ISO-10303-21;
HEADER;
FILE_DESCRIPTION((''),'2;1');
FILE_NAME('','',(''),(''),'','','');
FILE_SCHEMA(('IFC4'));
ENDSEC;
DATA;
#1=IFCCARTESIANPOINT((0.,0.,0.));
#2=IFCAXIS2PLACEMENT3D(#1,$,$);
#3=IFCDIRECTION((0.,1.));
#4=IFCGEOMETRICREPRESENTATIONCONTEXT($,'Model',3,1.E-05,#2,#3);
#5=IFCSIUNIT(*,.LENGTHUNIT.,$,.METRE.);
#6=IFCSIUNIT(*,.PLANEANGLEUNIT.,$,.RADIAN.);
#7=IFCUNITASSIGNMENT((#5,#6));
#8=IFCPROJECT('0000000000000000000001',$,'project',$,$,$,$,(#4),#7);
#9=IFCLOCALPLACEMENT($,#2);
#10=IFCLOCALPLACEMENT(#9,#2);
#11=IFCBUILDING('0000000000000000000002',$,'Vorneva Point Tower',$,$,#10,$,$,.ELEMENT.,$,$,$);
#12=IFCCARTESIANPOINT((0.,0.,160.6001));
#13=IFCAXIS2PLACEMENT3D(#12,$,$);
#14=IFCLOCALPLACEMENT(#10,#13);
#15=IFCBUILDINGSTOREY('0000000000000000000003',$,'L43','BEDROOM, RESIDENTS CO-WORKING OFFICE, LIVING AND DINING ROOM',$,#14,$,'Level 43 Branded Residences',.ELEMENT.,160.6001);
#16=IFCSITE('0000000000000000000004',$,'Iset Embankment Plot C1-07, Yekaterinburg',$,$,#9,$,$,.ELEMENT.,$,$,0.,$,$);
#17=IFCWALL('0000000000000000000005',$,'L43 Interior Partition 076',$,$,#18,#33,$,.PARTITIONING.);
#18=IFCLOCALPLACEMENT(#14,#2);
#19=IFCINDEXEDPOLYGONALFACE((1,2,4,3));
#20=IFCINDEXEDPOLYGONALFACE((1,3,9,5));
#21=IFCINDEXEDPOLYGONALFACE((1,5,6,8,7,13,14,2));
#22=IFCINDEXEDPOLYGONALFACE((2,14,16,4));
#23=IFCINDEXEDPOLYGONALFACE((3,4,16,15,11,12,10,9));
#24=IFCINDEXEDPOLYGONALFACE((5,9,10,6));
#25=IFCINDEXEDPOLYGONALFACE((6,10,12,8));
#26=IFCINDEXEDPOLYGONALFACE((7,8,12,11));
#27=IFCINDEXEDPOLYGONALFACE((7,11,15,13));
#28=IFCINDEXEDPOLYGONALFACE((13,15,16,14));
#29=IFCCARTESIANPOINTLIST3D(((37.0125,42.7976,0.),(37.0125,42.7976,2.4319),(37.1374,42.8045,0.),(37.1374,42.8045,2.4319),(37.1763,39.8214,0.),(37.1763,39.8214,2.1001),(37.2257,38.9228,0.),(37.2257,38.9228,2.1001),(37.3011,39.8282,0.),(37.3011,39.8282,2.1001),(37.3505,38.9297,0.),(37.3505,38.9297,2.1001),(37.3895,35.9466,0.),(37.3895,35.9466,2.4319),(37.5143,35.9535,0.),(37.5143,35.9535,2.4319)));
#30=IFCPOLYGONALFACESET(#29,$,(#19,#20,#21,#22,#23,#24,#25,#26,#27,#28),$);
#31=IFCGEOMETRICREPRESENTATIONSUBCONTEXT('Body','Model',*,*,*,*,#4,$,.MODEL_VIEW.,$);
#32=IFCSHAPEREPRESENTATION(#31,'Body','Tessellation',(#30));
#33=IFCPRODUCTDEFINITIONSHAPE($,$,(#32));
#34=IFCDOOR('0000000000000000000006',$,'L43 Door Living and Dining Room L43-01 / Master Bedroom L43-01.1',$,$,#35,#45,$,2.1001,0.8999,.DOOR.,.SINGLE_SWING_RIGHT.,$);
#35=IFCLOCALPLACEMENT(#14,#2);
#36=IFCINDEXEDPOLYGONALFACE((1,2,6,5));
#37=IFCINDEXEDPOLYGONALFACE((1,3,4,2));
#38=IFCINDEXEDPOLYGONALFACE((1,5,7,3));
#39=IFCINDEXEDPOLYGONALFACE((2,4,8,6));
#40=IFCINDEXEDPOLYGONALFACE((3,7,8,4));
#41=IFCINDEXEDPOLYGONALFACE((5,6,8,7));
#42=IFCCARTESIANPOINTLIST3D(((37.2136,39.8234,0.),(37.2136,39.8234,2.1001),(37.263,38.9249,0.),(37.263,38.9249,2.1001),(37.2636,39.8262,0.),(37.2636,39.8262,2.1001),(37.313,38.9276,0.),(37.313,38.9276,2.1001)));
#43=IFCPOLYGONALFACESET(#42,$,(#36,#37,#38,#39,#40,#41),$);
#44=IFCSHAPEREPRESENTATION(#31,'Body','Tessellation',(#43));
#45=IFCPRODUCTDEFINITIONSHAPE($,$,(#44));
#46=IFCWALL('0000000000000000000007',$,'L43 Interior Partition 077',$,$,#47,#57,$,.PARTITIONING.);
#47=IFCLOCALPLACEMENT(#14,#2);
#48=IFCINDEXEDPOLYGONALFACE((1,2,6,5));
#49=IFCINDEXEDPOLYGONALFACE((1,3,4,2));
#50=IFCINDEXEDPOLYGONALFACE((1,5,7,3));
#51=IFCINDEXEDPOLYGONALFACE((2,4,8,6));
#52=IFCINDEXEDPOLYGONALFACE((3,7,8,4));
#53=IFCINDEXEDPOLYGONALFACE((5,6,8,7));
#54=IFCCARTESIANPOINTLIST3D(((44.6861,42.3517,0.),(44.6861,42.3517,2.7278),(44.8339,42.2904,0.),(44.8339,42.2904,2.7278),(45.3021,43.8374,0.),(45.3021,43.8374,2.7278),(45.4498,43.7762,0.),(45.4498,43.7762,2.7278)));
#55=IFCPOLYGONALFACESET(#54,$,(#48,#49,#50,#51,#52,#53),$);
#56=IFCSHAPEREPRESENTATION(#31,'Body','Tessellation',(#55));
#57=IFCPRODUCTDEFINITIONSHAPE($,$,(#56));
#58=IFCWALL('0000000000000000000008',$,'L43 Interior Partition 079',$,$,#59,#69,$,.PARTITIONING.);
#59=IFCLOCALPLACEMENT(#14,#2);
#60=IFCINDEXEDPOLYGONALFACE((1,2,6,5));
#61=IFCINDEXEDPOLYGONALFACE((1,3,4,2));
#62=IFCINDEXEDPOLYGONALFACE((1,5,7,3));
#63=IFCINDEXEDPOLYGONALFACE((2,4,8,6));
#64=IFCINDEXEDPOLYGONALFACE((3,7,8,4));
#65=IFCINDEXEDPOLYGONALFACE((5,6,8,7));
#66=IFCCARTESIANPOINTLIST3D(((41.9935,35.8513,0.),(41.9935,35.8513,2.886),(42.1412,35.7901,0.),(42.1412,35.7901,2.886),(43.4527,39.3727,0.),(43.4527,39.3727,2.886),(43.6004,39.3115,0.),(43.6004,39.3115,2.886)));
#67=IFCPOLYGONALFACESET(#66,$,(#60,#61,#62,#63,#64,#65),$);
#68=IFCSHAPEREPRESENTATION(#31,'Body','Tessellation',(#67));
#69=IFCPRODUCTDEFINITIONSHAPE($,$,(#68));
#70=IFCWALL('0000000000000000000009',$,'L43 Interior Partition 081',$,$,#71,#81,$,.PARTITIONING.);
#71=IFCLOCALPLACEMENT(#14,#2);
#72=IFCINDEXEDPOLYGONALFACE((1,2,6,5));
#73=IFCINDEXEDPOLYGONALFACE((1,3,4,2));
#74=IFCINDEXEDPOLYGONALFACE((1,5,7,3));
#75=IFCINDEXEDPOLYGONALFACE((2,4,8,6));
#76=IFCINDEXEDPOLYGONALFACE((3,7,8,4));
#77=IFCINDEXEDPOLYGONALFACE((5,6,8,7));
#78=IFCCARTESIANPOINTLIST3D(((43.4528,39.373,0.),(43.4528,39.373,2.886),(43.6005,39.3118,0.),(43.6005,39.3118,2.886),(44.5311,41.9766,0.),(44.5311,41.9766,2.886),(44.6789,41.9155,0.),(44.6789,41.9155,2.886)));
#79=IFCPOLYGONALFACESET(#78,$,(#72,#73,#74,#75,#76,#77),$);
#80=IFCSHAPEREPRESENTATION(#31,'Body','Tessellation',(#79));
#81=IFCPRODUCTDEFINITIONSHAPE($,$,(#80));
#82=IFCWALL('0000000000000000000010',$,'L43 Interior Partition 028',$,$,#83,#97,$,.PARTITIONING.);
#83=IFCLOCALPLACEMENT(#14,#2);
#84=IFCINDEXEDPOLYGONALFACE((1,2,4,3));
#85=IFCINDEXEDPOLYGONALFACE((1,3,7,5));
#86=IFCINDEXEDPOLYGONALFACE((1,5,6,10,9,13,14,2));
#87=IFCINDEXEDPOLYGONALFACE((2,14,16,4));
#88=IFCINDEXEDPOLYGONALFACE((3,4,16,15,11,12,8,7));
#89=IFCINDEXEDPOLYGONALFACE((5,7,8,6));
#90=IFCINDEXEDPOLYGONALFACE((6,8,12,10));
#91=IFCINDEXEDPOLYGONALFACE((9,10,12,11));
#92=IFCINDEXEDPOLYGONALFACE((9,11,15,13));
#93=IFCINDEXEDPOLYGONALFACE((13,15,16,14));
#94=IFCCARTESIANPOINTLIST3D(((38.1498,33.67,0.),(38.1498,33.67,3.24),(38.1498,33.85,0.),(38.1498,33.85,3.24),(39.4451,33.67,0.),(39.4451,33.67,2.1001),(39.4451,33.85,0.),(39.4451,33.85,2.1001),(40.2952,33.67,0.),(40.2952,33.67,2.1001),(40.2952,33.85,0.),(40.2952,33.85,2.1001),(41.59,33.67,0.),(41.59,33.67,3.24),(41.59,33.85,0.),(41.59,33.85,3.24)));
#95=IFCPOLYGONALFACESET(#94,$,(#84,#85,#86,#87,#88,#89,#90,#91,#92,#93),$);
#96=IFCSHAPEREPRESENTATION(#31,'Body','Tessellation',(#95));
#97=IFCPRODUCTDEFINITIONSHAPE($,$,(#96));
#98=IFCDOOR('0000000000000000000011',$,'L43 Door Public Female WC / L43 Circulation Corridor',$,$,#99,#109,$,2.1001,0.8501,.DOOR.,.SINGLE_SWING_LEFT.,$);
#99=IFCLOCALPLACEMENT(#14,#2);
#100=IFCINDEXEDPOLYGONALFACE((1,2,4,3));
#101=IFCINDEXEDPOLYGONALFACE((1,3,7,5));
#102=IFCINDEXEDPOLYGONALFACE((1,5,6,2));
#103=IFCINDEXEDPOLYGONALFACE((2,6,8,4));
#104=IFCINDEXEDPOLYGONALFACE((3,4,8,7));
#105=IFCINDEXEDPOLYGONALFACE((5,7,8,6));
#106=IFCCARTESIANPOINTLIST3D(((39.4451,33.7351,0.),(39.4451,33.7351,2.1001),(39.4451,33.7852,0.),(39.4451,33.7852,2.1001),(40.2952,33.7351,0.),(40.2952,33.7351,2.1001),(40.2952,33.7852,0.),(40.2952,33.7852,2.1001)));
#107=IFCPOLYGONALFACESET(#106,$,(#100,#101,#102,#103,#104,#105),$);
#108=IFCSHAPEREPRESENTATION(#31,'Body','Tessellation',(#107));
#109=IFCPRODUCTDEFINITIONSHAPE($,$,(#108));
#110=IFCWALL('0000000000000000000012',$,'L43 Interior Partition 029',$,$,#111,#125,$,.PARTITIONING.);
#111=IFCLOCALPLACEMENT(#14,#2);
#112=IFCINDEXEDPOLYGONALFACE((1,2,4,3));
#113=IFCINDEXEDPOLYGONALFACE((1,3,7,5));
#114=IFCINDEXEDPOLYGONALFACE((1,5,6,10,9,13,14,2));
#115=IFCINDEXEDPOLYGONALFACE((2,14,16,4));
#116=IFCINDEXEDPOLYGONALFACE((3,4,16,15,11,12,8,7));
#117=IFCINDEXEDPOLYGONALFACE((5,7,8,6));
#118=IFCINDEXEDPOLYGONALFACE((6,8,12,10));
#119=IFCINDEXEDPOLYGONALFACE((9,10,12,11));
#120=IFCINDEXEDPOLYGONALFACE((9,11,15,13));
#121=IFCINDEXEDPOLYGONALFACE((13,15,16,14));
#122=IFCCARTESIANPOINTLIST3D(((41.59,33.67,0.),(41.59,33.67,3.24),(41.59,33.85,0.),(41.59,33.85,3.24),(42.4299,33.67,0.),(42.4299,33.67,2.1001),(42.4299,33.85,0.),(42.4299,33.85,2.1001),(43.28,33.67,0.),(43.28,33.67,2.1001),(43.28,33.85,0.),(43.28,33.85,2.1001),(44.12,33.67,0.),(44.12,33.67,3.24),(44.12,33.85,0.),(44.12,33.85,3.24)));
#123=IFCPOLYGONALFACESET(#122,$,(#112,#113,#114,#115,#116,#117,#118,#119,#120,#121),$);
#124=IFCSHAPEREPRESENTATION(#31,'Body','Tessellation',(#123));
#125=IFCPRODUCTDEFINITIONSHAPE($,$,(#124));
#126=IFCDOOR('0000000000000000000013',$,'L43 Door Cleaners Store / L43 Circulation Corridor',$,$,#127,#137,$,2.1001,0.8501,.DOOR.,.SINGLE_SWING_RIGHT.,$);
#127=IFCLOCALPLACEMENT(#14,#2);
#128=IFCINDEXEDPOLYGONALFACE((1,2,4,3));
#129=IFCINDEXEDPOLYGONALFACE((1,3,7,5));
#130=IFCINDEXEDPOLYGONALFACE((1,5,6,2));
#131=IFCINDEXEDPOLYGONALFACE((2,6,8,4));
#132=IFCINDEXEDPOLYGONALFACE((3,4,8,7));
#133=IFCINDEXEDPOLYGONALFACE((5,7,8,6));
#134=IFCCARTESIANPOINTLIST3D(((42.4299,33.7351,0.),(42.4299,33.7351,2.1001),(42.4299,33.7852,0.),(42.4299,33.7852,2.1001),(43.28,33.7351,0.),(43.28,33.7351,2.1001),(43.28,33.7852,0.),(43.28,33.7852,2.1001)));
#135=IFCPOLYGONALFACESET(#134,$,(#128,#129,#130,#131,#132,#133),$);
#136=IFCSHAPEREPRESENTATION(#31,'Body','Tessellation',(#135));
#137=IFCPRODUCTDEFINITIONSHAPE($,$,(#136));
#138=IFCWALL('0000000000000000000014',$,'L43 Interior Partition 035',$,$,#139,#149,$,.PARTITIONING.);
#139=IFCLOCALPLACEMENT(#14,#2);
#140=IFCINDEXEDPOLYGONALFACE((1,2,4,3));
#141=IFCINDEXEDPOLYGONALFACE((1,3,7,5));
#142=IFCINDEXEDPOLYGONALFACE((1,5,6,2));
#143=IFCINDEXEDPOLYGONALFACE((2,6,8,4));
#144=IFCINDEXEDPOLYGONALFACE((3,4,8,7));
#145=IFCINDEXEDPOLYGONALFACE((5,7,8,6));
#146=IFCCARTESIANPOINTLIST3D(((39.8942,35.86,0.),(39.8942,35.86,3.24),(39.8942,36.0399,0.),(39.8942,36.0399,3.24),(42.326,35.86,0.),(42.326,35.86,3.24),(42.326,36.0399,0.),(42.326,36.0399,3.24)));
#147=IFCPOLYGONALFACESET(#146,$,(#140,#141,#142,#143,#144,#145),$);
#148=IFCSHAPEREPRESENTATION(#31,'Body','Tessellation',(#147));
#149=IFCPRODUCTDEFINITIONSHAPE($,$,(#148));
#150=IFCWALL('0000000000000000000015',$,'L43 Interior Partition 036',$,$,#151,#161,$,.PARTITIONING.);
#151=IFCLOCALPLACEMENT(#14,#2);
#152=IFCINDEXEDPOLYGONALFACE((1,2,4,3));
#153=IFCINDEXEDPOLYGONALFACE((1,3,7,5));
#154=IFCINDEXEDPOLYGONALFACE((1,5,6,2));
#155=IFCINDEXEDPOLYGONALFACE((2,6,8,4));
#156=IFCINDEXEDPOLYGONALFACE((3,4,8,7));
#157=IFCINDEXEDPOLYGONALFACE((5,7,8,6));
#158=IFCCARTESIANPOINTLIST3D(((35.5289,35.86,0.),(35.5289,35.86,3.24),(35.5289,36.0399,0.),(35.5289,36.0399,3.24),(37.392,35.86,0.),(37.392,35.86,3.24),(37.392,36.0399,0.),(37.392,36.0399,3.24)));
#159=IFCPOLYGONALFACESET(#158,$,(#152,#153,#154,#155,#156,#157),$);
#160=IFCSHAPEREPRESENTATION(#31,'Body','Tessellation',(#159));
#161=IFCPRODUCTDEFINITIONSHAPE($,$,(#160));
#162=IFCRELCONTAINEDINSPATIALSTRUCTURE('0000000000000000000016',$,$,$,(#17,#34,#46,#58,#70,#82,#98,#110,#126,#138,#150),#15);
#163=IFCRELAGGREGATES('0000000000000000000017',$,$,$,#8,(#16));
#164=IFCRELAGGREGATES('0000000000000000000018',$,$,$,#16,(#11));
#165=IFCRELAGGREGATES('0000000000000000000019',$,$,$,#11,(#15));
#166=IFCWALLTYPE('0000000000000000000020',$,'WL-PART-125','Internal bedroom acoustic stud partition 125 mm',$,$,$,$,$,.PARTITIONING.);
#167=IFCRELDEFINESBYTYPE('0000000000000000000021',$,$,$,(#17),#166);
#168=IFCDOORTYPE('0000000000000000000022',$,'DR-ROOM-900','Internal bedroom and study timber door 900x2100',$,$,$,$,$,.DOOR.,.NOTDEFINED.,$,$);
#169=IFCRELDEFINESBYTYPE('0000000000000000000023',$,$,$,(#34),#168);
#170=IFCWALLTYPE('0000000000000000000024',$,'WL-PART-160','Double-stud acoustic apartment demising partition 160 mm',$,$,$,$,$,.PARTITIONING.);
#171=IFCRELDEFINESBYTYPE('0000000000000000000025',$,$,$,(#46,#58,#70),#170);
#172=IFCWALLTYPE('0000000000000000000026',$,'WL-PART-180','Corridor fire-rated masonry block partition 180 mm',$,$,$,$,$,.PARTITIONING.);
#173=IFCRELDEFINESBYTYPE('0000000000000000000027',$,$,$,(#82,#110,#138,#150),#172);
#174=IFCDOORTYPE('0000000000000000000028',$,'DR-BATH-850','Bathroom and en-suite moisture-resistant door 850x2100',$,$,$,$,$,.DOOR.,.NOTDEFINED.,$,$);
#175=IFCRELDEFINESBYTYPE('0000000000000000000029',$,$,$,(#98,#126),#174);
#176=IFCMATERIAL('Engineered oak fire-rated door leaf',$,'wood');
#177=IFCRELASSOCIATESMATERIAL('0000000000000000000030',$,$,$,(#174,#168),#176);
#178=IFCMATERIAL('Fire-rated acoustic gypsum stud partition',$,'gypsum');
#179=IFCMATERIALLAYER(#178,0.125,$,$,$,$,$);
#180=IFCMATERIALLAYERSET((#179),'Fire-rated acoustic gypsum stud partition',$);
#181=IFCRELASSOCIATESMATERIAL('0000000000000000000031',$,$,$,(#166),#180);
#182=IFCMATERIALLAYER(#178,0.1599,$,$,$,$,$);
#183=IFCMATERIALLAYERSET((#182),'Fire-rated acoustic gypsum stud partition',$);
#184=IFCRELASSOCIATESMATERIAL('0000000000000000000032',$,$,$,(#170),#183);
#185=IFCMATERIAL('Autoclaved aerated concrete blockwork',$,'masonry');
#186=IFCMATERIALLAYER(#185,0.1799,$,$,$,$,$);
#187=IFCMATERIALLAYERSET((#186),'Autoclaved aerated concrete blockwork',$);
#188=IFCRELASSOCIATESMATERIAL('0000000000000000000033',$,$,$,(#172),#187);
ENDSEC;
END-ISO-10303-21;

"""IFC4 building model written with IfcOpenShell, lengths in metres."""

from ifc_helpers import new_model, si_unit, direction, frame, frame_2d, origin, place, context, subcontext, project, spatial, rectangle, extrude, material, layer, layer_set, type_object, element, fill, save


model = new_model("IFC4")

# Units and contexts
model_context = context("Model", 3, precision=1e-05, world=origin(), true_north=direction((0.0, 1.0)))
body_context = subcontext(model_context, "Body", "Model", "MODEL_VIEW")
ifc_project = project(units=[si_unit("LENGTHUNIT", "METRE"), si_unit("PLANEANGLEUNIT", "RADIAN")], contexts=[model_context])

# Site, building, storey
site_placement = place(None, origin())
site = spatial("IfcSite", under=ifc_project, at=site_placement, Name="Iset Embankment Plot C1-07, Yekaterinburg", CompositionType="ELEMENT", RefElevation=0.0)
building_placement = place(site_placement, origin())
building = spatial("IfcBuilding", under=site, at=building_placement, Name="Vorneva Point Tower", CompositionType="ELEMENT")
storey_placement = place(building_placement, frame((0.0, 0.0, 160.6001)))
storey = spatial("IfcBuildingStorey", under=building, at=storey_placement, Name="L43", Description="BEDROOM, RESIDENTS CO-WORKING OFFICE, LIVING AND DINING ROOM", LongName="Level 43 Branded Residences", CompositionType="ELEMENT", Elevation=160.6001)

# Shared definitions
ifc_material_1 = material(Name="Fire-rated acoustic gypsum stud partition", Category="gypsum")
ifc_material_2 = material(Name="Engineered oak fire-rated door leaf", Category="wood")
door_type_1 = type_object("IfcDoorType", Name="DR-BATH-850", Description="Bathroom and en-suite moisture-resistant door 850x2100", OperationType="NOTDEFINED", PredefinedType="DOOR", material=ifc_material_2)

# Shared definitions
door_type_2 = type_object("IfcDoorType", Name="DR-ROOM-900", Description="Internal bedroom and study timber door 900x2100", OperationType="NOTDEFINED", PredefinedType="DOOR", material=ifc_material_2)

# Shared definitions
ifc_layer_1 = layer(ifc_material_1, 0.125)
ifc_layer_set_1 = layer_set([ifc_layer_1], Name="Fire-rated acoustic gypsum stud partition")
wall_type_1 = type_object("IfcWallType", Name="WL-PART-125", Description="Internal bedroom acoustic stud partition 125 mm", PredefinedType="PARTITIONING", material=ifc_layer_set_1)

# Wall, opening, door
wall_1_placement = place(storey_placement, frame((37.075, 42.801, 0.0), z_axis=(0.0, 0.0, 1.0), x_axis=(0.054938, -0.99849, 0.0)))
wall_1 = element("IfcWall", 1, at=wall_1_placement, inside=storey, type_object=wall_type_1, Name="L43 Interior Partition 076", PredefinedType="PARTITIONING", context=body_context, shape_type="SweptSolid", body=[
    extrude(rectangle(XDim=6.8613, YDim=0.125, at=frame_2d((3.4307, 0.0))), origin(), (0.0, 0.0, 1.0), 2.4319),
])
opening_1_placement = place(wall_1_placement, frame((2.9807, 0.0, 0.0)))
opening_1 = element("IfcOpeningElement", 2, at=opening_1_placement, cuts=wall_1, PredefinedType="OPENING", context=body_context, shape_type="SweptSolid", body=[
    extrude(rectangle(XDim=0.8999, YDim=2.1001, at=frame_2d((0.45, 1.05))), frame((0.0, 0.0774, 0.0), z_axis=(0.0, -1.0, 0.0), x_axis=(1.0, 0.0, 0.0)), (0.0, 0.0, 1.0), 0.1548),
])
door_1_placement = place(opening_1_placement, origin())
door_1 = element("IfcDoor", 3, at=door_1_placement, inside=storey, type_object=door_type_2, Name="L43 Door Living and Dining Room L43-01 / Master Bedroom L43-01.1", OperationType="SINGLE_SWING_RIGHT", OverallHeight=2.1001, OverallWidth=0.8999, PredefinedType="DOOR", context=body_context, shape_type="SweptSolid", body=[
    extrude(rectangle(XDim=0.8999, YDim=2.1001, at=frame_2d((0.45, 1.05))), frame((0.0, 0.0249, 0.0), z_axis=(0.0, -1.0, 0.0), x_axis=(1.0, 0.0, 0.0)), (0.0, 0.0, 1.0), 0.05),
])
fill(opening_1, door_1)

# Walls
ifc_layer_2 = layer(ifc_material_1, 0.1599)
ifc_layer_set_2 = layer_set([ifc_layer_2], Name="Fire-rated acoustic gypsum stud partition")
wall_type_2 = type_object("IfcWallType", Name="WL-PART-160", Description="Double-stud acoustic apartment demising partition 160 mm", PredefinedType="PARTITIONING", material=ifc_layer_set_2)
wall_2_placement = place(storey_placement, frame((44.76, 42.321, 0.0), z_axis=(0.0, 0.0, 1.0), x_axis=(0.382955, 0.923767, 0.0)))
element("IfcWall", 4, at=wall_2_placement, inside=storey, type_object=wall_type_2, Name="L43 Interior Partition 077", PredefinedType="PARTITIONING", context=body_context, shape_type="SweptSolid", body=[
    extrude(rectangle(XDim=1.6084, YDim=0.1599, at=frame_2d((0.8042, 0.0))), origin(), (0.0, 0.0, 1.0), 2.7278),
])
wall_3_placement = place(storey_placement, frame((42.0674, 35.8208, 0.0), z_axis=(0.0, 0.0, 1.0), x_axis=(0.382814, 0.923826, 0.0)))
element("IfcWall", 5, at=wall_3_placement, inside=storey, type_object=wall_type_2, Name="L43 Interior Partition 079", PredefinedType="PARTITIONING", context=body_context, shape_type="SweptSolid", body=[
    extrude(rectangle(XDim=3.8118, YDim=0.1599, at=frame_2d((1.9058, 0.0))), origin(), (0.0, 0.0, 1.0), 2.886),
])
wall_4_placement = place(storey_placement, frame((43.5266, 39.3423, 0.0), z_axis=(0.0, 0.0, 1.0), x_axis=(0.38264, 0.923898, 0.0)))
element("IfcWall", 6, at=wall_4_placement, inside=storey, type_object=wall_type_2, Name="L43 Interior Partition 081", PredefinedType="PARTITIONING", context=body_context, shape_type="SweptSolid", body=[
    extrude(rectangle(XDim=2.8181, YDim=0.1599, at=frame_2d((1.4092, 0.0))), origin(), (0.0, 0.0, 1.0), 2.886),
])

# Walls, openings, doors
ifc_material_3 = material(Name="Autoclaved aerated concrete blockwork", Category="masonry")
ifc_layer_3 = layer(ifc_material_3, 0.1799)
ifc_layer_set_3 = layer_set([ifc_layer_3], Name="Autoclaved aerated concrete blockwork")
wall_type_3 = type_object("IfcWallType", Name="WL-PART-180", Description="Corridor fire-rated masonry block partition 180 mm", PredefinedType="PARTITIONING", material=ifc_layer_set_3)
wall_5_placement = place(storey_placement, frame((41.5901, 33.76, 0.0), z_axis=(0.0, 0.0, 1.0), x_axis=(-1.0, 0.0, 0.0)))
wall_5 = element("IfcWall", 7, at=wall_5_placement, inside=storey, type_object=wall_type_3, Name="L43 Interior Partition 028", PredefinedType="PARTITIONING", context=body_context, shape_type="SweptSolid", body=[
    extrude(rectangle(XDim=3.4402, YDim=0.1799, at=frame_2d((1.7202, 0.0))), origin(), (0.0, 0.0, 1.0), 3.24),
])
opening_2_placement = place(wall_5_placement, frame((1.2949, 0.0, 0.0)))
opening_2 = element("IfcOpeningElement", 8, at=opening_2_placement, cuts=wall_5, PredefinedType="OPENING", context=body_context, shape_type="SweptSolid", body=[
    extrude(rectangle(XDim=0.8501, YDim=2.1001, at=frame_2d((0.425, 1.05))), frame((0.0, 0.105, 0.0), z_axis=(0.0, -1.0, 0.0), x_axis=(1.0, 0.0, 0.0)), (0.0, 0.0, 1.0), 0.2097),
])
door_2_placement = place(opening_2_placement, origin())
door_2 = element("IfcDoor", 9, at=door_2_placement, inside=storey, type_object=door_type_1, Name="L43 Door Public Female WC / L43 Circulation Corridor", OperationType="SINGLE_SWING_LEFT", OverallHeight=2.1001, OverallWidth=0.8501, PredefinedType="DOOR", context=body_context, shape_type="SweptSolid", body=[
    extrude(rectangle(XDim=0.8501, YDim=2.1001, at=frame_2d((0.425, 1.05))), frame((0.0, 0.0249, 0.0), z_axis=(0.0, -1.0, 0.0), x_axis=(1.0, 0.0, 0.0)), (0.0, 0.0, 1.0), 0.05),
])
fill(opening_2, door_2)
wall_6_placement = place(storey_placement, frame((44.1201, 33.76, 0.0), z_axis=(0.0, 0.0, 1.0), x_axis=(-1.0, 0.0, 0.0)))
wall_6 = element("IfcWall", 10, at=wall_6_placement, inside=storey, type_object=wall_type_3, Name="L43 Interior Partition 029", PredefinedType="PARTITIONING", context=body_context, shape_type="SweptSolid", body=[
    extrude(rectangle(XDim=2.53, YDim=0.1799, at=frame_2d((1.2651, 0.0))), origin(), (0.0, 0.0, 1.0), 3.24),
])
opening_3_placement = place(wall_6_placement, frame((0.8401, 0.0, 0.0)))
opening_3 = element("IfcOpeningElement", 11, at=opening_3_placement, cuts=wall_6, PredefinedType="OPENING", context=body_context, shape_type="SweptSolid", body=[
    extrude(rectangle(XDim=0.8501, YDim=2.1001, at=frame_2d((0.425, 1.05))), frame((0.0, 0.105, 0.0), z_axis=(0.0, -1.0, 0.0), x_axis=(1.0, 0.0, 0.0)), (0.0, 0.0, 1.0), 0.2097),
])
door_3_placement = place(opening_3_placement, origin())
door_3 = element("IfcDoor", 12, at=door_3_placement, inside=storey, type_object=door_type_1, Name="L43 Door Cleaners Store / L43 Circulation Corridor", OperationType="SINGLE_SWING_RIGHT", OverallHeight=2.1001, OverallWidth=0.8501, PredefinedType="DOOR", context=body_context, shape_type="SweptSolid", body=[
    extrude(rectangle(XDim=0.8501, YDim=2.1001, at=frame_2d((0.425, 1.05))), frame((0.0, 0.0249, 0.0), z_axis=(0.0, -1.0, 0.0), x_axis=(1.0, 0.0, 0.0)), (0.0, 0.0, 1.0), 0.05),
])
fill(opening_3, door_3)

# Walls
wall_7_placement = place(storey_placement, frame((42.3259, 35.95, 0.0), z_axis=(0.0, 0.0, 1.0), x_axis=(-1.0, 0.0, 0.0)))
element("IfcWall", 13, at=wall_7_placement, inside=storey, type_object=wall_type_3, Name="L43 Interior Partition 035", PredefinedType="PARTITIONING", context=body_context, shape_type="SweptSolid", body=[
    extrude(rectangle(XDim=2.4319, YDim=0.1799, at=frame_2d((1.2158, 0.0))), origin(), (0.0, 0.0, 1.0), 3.24),
])
wall_8_placement = place(storey_placement, frame((37.3921, 35.95, 0.0), z_axis=(0.0, 0.0, 1.0), x_axis=(-1.0, 0.0, 0.0)))
element("IfcWall", 14, at=wall_8_placement, inside=storey, type_object=wall_type_3, Name="L43 Interior Partition 036", PredefinedType="PARTITIONING", context=body_context, shape_type="SweptSolid", body=[
    extrude(rectangle(XDim=1.863, YDim=0.1799, at=frame_2d((0.9316, 0.0))), origin(), (0.0, 0.0, 1.0), 3.24),
])

save(model, "model.ifc")
